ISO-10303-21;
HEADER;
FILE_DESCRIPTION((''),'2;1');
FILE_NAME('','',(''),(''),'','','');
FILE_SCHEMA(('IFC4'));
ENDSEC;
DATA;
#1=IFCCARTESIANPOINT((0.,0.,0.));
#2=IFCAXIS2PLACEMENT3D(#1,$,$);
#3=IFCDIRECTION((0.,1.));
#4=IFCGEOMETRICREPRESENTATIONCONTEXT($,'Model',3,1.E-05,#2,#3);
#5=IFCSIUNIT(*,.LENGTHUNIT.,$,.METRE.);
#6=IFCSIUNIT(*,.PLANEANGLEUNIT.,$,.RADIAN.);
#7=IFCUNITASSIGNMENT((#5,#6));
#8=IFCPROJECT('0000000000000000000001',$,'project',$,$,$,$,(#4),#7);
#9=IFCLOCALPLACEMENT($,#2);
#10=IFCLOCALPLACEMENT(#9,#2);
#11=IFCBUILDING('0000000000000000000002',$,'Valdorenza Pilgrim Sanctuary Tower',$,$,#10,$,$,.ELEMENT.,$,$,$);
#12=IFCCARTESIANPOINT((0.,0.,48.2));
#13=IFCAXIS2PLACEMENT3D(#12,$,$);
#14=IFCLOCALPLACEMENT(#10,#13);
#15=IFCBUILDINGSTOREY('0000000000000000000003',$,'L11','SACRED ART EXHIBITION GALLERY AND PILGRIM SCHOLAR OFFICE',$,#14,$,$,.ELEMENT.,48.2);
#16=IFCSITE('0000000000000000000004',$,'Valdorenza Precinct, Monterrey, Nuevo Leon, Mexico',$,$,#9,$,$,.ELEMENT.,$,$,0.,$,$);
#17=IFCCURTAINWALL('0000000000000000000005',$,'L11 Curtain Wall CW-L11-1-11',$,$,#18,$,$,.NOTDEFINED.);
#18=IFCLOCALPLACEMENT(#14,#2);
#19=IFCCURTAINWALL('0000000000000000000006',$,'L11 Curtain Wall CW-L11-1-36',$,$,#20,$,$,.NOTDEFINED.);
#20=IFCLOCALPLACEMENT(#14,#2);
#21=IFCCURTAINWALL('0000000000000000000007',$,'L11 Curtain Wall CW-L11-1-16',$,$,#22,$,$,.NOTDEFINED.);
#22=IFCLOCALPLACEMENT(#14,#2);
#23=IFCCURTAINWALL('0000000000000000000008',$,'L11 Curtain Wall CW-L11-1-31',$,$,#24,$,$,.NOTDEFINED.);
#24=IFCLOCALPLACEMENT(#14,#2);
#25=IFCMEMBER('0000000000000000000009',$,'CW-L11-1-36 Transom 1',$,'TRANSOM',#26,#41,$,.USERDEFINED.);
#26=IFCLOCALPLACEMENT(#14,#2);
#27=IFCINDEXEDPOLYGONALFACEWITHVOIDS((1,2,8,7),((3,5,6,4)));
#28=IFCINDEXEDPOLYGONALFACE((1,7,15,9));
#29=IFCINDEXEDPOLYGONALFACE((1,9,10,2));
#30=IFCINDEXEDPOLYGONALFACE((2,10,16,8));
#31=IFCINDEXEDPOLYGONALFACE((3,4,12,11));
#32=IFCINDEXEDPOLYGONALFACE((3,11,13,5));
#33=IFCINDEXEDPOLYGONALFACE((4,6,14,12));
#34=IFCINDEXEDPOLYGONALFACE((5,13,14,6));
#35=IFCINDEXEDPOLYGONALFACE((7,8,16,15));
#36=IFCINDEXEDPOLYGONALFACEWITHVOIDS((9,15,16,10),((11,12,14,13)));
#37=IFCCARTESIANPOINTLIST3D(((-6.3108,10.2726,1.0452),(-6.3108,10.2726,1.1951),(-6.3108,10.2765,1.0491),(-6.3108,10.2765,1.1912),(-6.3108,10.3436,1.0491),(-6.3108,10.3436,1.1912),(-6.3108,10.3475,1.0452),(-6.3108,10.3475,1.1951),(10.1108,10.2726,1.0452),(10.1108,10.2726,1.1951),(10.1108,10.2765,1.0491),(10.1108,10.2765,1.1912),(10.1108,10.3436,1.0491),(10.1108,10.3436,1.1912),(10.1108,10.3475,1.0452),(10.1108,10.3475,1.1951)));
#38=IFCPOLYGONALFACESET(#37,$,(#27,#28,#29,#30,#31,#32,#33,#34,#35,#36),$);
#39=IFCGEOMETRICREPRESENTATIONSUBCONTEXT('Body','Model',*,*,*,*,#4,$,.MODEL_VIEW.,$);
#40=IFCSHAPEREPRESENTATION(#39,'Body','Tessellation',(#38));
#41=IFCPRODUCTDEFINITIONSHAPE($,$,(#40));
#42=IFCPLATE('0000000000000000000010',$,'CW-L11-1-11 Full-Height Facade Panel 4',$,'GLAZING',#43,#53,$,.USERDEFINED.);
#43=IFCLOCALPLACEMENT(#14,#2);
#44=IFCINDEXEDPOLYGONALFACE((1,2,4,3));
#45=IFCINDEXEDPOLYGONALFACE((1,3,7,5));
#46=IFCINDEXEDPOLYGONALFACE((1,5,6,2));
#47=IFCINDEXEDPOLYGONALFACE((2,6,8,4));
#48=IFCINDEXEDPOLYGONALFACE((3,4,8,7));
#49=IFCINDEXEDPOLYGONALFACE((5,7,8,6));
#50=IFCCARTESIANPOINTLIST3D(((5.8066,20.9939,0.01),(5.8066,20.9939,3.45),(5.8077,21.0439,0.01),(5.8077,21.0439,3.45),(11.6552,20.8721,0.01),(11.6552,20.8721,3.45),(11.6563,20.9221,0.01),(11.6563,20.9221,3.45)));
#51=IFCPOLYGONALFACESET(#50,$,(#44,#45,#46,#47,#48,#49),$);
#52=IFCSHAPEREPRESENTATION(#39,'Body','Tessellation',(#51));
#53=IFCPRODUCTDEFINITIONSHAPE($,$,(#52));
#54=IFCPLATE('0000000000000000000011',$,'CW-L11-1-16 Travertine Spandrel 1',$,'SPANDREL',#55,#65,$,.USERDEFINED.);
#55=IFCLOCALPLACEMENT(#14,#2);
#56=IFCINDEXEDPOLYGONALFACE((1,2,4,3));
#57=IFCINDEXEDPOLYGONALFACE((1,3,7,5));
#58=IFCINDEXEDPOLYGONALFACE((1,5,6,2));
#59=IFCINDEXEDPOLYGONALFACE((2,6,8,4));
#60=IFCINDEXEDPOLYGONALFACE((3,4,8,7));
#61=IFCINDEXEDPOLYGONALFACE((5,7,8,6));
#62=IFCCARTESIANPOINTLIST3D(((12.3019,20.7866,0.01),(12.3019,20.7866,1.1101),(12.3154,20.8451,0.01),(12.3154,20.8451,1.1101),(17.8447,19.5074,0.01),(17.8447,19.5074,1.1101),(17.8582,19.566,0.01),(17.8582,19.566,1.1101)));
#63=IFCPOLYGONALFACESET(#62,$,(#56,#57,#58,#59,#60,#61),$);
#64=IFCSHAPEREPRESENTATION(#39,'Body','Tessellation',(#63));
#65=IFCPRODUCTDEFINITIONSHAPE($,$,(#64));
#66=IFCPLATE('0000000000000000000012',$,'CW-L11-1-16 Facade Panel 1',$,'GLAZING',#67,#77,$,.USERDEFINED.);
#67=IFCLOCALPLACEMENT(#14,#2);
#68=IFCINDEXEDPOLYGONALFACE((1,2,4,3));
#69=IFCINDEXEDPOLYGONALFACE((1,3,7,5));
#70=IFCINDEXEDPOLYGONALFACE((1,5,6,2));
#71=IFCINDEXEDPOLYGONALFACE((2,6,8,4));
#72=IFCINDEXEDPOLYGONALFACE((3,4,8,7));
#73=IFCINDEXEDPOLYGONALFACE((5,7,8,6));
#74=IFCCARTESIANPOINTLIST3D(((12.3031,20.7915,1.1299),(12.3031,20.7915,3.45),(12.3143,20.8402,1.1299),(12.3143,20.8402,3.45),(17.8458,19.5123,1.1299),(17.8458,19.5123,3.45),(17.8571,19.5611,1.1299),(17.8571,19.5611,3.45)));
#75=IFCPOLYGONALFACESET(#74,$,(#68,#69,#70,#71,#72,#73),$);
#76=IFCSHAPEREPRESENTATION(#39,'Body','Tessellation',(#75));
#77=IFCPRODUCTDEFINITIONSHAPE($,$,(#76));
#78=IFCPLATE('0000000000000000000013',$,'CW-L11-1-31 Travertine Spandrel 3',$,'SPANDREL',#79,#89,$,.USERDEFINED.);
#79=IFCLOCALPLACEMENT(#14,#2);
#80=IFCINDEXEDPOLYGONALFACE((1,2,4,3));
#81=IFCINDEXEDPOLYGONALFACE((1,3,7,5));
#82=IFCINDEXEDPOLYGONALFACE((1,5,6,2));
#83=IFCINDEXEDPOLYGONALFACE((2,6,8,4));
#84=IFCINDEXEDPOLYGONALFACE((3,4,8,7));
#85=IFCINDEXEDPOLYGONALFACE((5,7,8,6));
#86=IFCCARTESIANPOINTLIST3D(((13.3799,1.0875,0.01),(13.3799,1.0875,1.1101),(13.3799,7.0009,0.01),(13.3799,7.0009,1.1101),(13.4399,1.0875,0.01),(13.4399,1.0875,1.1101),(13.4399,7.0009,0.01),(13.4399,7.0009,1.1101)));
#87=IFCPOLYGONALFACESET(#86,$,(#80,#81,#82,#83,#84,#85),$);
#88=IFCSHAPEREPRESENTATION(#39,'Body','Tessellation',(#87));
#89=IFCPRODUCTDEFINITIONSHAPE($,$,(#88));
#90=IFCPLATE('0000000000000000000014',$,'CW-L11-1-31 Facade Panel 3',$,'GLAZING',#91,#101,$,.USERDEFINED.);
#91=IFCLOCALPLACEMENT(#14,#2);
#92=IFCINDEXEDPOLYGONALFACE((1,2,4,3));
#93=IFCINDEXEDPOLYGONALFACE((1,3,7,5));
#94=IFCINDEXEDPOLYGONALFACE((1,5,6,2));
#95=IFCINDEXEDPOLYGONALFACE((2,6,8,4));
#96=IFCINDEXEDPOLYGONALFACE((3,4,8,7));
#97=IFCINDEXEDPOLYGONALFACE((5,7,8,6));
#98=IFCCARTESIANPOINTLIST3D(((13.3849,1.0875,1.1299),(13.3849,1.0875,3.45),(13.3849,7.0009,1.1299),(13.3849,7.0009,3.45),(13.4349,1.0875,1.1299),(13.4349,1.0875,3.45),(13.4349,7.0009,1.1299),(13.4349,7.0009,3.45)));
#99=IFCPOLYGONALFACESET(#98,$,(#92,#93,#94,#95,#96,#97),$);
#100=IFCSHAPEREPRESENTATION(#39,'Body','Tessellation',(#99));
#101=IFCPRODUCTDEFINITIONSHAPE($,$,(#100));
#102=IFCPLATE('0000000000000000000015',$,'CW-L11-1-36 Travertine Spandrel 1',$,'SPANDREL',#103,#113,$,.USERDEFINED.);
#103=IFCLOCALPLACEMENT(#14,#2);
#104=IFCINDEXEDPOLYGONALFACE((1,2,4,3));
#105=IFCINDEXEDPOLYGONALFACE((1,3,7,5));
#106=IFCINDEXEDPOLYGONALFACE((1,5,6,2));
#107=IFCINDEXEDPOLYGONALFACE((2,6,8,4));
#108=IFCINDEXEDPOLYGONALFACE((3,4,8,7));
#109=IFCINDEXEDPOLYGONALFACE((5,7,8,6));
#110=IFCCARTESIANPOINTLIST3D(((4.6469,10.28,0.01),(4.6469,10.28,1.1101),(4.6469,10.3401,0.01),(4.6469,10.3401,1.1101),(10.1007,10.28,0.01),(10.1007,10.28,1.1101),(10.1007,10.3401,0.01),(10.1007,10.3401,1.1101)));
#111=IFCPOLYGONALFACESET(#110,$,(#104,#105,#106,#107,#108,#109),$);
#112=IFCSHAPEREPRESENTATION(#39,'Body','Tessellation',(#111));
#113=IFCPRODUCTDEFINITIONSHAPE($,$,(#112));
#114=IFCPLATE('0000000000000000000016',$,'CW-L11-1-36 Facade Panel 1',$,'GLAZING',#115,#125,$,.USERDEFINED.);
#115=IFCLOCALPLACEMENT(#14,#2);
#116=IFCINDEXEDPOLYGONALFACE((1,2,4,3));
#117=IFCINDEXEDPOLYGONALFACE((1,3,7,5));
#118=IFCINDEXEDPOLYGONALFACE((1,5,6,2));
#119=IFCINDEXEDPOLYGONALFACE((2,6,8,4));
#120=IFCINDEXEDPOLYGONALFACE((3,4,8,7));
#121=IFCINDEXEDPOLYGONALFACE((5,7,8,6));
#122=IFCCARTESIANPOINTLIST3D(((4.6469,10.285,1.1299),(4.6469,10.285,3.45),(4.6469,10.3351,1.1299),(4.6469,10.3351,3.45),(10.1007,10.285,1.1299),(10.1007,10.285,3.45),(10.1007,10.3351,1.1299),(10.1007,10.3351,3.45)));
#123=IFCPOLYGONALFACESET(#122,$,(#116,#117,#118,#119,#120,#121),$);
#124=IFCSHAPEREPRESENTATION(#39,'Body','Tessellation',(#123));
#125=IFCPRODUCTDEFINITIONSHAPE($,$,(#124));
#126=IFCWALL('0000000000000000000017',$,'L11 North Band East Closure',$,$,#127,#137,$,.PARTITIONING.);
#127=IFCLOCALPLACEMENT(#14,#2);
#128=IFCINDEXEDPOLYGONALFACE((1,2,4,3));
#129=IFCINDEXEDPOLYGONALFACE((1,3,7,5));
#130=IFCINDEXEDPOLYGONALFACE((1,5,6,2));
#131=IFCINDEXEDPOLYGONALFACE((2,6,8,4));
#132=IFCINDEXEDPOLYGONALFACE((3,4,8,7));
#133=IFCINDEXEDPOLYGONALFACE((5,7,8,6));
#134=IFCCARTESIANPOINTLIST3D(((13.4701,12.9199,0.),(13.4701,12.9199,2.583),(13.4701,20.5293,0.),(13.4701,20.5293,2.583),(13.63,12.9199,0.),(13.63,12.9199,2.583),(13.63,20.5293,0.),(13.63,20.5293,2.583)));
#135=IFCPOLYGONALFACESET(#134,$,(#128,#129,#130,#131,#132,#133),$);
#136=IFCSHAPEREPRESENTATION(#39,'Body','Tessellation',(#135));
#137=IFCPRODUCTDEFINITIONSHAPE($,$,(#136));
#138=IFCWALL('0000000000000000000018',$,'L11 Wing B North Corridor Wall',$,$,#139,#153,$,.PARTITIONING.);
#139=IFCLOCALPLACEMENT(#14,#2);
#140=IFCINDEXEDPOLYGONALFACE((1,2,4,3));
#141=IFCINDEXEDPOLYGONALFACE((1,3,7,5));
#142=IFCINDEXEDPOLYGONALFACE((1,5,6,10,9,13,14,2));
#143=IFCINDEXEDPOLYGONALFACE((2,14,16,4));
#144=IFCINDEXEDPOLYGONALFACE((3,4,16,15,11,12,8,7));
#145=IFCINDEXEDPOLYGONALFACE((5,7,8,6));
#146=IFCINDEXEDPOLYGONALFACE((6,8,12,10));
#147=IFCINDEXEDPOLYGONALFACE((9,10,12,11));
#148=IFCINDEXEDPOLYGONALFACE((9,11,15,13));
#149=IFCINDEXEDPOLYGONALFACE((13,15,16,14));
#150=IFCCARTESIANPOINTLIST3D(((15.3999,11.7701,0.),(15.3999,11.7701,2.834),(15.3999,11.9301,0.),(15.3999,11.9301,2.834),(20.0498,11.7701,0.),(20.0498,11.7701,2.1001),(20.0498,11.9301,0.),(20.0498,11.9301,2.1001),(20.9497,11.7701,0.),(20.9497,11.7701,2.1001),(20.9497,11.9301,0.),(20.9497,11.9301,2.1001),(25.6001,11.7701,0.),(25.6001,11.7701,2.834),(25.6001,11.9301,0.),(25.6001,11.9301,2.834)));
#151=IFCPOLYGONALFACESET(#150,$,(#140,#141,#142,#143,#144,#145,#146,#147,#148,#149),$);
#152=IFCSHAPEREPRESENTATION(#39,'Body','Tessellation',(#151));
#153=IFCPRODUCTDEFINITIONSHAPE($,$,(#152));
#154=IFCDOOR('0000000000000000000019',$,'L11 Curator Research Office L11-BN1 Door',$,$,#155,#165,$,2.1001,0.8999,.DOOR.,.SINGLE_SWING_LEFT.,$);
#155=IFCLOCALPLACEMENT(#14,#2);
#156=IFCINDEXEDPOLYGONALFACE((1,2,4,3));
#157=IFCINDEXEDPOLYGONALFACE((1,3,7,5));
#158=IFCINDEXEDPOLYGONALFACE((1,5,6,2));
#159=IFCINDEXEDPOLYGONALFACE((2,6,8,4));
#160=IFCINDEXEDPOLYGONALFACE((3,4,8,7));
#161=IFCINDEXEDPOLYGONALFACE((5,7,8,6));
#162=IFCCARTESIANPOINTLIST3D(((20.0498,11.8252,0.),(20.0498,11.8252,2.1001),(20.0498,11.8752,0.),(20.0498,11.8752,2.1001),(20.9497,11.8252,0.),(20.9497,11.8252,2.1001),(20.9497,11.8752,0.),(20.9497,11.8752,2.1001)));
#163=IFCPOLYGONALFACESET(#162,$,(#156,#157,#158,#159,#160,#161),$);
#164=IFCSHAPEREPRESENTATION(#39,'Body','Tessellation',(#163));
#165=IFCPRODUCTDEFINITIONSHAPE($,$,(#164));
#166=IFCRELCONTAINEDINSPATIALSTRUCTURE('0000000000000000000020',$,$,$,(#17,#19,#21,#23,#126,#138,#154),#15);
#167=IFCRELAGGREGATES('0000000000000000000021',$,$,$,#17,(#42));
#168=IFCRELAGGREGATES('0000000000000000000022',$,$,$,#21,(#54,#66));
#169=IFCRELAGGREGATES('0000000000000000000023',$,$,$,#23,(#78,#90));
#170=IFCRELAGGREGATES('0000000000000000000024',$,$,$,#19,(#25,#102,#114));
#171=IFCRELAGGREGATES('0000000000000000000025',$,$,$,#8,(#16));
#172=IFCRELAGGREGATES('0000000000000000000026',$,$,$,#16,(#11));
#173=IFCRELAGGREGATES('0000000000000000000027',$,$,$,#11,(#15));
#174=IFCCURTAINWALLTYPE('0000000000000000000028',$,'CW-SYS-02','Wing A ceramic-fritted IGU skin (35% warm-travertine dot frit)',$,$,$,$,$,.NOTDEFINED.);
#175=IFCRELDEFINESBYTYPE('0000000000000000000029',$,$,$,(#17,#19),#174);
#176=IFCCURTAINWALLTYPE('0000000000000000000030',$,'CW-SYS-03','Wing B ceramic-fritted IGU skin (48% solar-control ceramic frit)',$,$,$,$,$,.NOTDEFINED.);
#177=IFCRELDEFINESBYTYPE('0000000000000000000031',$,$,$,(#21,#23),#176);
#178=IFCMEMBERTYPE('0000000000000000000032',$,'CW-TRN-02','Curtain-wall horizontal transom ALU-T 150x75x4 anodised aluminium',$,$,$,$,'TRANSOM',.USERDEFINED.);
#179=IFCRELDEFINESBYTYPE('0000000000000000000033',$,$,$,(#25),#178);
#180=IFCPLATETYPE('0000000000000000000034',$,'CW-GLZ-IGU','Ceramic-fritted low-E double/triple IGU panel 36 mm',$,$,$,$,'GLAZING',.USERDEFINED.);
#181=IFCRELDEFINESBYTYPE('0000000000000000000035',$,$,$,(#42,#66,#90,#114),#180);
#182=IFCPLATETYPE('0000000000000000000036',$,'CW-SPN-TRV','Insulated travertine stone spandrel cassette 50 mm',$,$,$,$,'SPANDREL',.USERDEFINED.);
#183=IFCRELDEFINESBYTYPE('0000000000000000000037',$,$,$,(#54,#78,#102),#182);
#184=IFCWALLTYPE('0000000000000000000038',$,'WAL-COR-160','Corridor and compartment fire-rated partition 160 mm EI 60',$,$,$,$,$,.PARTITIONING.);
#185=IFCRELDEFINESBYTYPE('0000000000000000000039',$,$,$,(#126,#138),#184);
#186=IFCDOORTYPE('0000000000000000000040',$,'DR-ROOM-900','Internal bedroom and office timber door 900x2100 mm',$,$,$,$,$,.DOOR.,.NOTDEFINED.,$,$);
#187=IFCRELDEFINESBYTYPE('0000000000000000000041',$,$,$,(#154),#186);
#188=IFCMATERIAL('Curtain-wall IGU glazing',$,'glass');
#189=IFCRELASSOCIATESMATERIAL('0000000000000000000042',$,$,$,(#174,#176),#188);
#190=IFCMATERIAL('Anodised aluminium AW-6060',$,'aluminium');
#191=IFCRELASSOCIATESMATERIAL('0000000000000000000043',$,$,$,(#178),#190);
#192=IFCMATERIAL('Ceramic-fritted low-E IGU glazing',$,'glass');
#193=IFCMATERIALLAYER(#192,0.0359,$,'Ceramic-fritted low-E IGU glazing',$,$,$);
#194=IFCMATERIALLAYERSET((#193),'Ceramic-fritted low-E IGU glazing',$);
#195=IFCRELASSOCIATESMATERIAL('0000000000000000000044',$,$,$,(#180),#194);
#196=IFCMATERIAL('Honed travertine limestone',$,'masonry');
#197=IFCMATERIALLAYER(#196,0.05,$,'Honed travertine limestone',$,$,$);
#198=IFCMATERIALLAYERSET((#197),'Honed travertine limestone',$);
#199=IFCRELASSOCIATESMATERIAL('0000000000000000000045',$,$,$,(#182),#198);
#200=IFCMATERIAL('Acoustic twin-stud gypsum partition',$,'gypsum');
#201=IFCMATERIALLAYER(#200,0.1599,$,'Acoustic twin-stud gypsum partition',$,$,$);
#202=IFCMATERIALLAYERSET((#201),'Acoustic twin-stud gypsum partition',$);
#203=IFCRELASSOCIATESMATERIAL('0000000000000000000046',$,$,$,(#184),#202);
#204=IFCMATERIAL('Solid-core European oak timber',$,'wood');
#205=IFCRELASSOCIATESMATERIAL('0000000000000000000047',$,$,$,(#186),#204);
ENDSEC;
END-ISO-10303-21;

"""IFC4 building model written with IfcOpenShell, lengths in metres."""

from ifc_helpers import new_model, si_unit, direction, frame, frame_2d, origin, origin_2d, place, context, subcontext, project, spatial, rectangle, hollow_rectangle, extrude, source, transform, mapped, material, layer, layer_set, material_profile, profile_set, type_object, element, fill, aggregate, save


model = new_model("IFC4")

# Units and contexts
model_context = context("Model", 3, precision=1e-05, world=origin(), true_north=direction((0.0, 1.0)))
body_context = subcontext(model_context, "Body", "Model", "MODEL_VIEW")
ifc_project = project(units=[si_unit("LENGTHUNIT", "METRE"), si_unit("PLANEANGLEUNIT", "RADIAN")], contexts=[model_context])

# Site, building, storey
site_placement = place(None, origin())
site = spatial("IfcSite", under=ifc_project, at=site_placement, Name="Valdorenza Precinct, Monterrey, Nuevo Leon, Mexico", CompositionType="ELEMENT", RefElevation=0.0)
building_placement = place(site_placement, origin())
building = spatial("IfcBuilding", under=site, at=building_placement, Name="Valdorenza Pilgrim Sanctuary Tower", CompositionType="ELEMENT")
storey_placement = place(building_placement, frame((0.0, 0.0, 48.2)))
storey = spatial("IfcBuildingStorey", under=building, at=storey_placement, Name="L11", Description="SACRED ART EXHIBITION GALLERY AND PILGRIM SCHOLAR OFFICE", CompositionType="ELEMENT", Elevation=48.2)

# Curtain walls
ifc_material_1 = material(Name="Curtain-wall IGU glazing", Category="glass")
curtain_wall_type_1 = type_object("IfcCurtainWallType", Name="CW-SYS-02", Description="Wing A ceramic-fritted IGU skin (35% warm-travertine dot frit)", PredefinedType="NOTDEFINED", material=ifc_material_1)
curtain_wall_1_placement = place(storey_placement, origin())
curtain_wall_1 = element("IfcCurtainWall", 1, at=curtain_wall_1_placement, inside=storey, type_object=curtain_wall_type_1, Name="L11 Curtain Wall CW-L11-1-11", PredefinedType="NOTDEFINED")
ifc_material_2 = material(Name="Anodised aluminium AW-6060", Category="aluminium")
curtain_wall_2_placement = place(storey_placement, origin())
curtain_wall_2 = element("IfcCurtainWall", 2, at=curtain_wall_2_placement, inside=storey, type_object=curtain_wall_type_1, Name="L11 Curtain Wall CW-L11-1-36", PredefinedType="NOTDEFINED")
curtain_wall_type_2 = type_object("IfcCurtainWallType", Name="CW-SYS-03", Description="Wing B ceramic-fritted IGU skin (48% solar-control ceramic frit)", PredefinedType="NOTDEFINED", material=ifc_material_1)
curtain_wall_3_placement = place(storey_placement, origin())
curtain_wall_3 = element("IfcCurtainWall", 3, at=curtain_wall_3_placement, inside=storey, type_object=curtain_wall_type_2, Name="L11 Curtain Wall CW-L11-1-16", PredefinedType="NOTDEFINED")
curtain_wall_4_placement = place(storey_placement, origin())
curtain_wall_4 = element("IfcCurtainWall", 4, at=curtain_wall_4_placement, inside=storey, type_object=curtain_wall_type_2, Name="L11 Curtain Wall CW-L11-1-31", PredefinedType="NOTDEFINED")

# Member
ifc_material_profile_1 = material_profile(ifc_material_2, hollow_rectangle(XDim=0.075, YDim=0.1499, WallThickness=0.0039, at=origin_2d()), Name="ALU-T 150x75x4")
ifc_profile_set_1 = profile_set([ifc_material_profile_1], Name="Anodised aluminium AW-6060")
member_type_1 = type_object("IfcMemberType", Name="CW-TRN-02", Description="Curtain-wall horizontal transom ALU-T 150x75x4 anodised aluminium", ElementType="TRANSOM", PredefinedType="USERDEFINED", material=ifc_profile_set_1)
shared_shape_1 = source(origin(), body_context, "Body", "SweptSolid", [
    extrude(hollow_rectangle(XDim=0.075, YDim=0.1499, WallThickness=0.0039, at=origin_2d()), origin(), (0.0, 0.0, 1.0), 16.4216),
])
member_1_placement = place(storey_placement, frame((10.1108, 10.3101, 1.1201), z_axis=(-1.0, 0.0, 0.0), x_axis=(0.0, -1.0, 0.0)))
member_1 = element("IfcMember", 5, at=member_1_placement, type_object=member_type_1, Name="CW-L11-1-36 Transom 1", ObjectType="TRANSOM", PredefinedType="USERDEFINED", context=body_context, shape_type="MappedRepresentation", body=[
    mapped(shared_shape_1, transform((0.0, 0.0, 0.0), x_axis=(1.0, 0.0, 0.0), y_axis=(0.0, 1.0, 0.0), z_axis=(0.0, 0.0, 1.0), scale=1.0)),
])

# Plates
ifc_material_3 = material(Name="Ceramic-fritted low-E IGU glazing", Category="glass")
ifc_layer_1 = layer(ifc_material_3, 0.0359, Name="Ceramic-fritted low-E IGU glazing")
ifc_layer_set_1 = layer_set([ifc_layer_1], Name="Ceramic-fritted low-E IGU glazing")
plate_type_1 = type_object("IfcPlateType", Name="CW-GLZ-IGU", Description="Ceramic-fritted low-E double/triple IGU panel 36 mm", ElementType="GLAZING", PredefinedType="USERDEFINED", material=ifc_layer_set_1)
shared_shape_2 = source(origin(), body_context, "Body", "SweptSolid", [
    extrude(rectangle(XDim=5.8499, YDim=0.05, at=origin_2d()), origin(), (0.0, 0.0, 1.0), 3.4399),
])
plate_1_placement = place(storey_placement, frame((8.7314, 20.958, 0.01), z_axis=(0.0, 0.0, 1.0), x_axis=(0.999783, -0.02082, 0.0)))
plate_1 = element("IfcPlate", 6, at=plate_1_placement, type_object=plate_type_1, Name="CW-L11-1-11 Full-Height Facade Panel 4", ObjectType="GLAZING", PredefinedType="USERDEFINED", context=body_context, shape_type="MappedRepresentation", body=[
    mapped(shared_shape_2, transform((0.0, 0.0, 0.0), x_axis=(1.0, 0.0, 0.0), y_axis=(0.0, 1.0, 0.0), z_axis=(0.0, 0.0, 1.0), scale=1.0)),
])
aggregate(curtain_wall_1, [plate_1])
ifc_material_4 = material(Name="Honed travertine limestone", Category="masonry")
ifc_layer_2 = layer(ifc_material_4, 0.05, Name="Honed travertine limestone")
ifc_layer_set_2 = layer_set([ifc_layer_2], Name="Honed travertine limestone")
plate_type_2 = type_object("IfcPlateType", Name="CW-SPN-TRV", Description="Insulated travertine stone spandrel cassette 50 mm", ElementType="SPANDREL", PredefinedType="USERDEFINED", material=ifc_layer_set_2)
shared_shape_3 = source(origin(), body_context, "Body", "SweptSolid", [
    extrude(rectangle(XDim=5.6885, YDim=0.0601, at=origin_2d()), origin(), (0.0, 0.0, 1.0), 1.1001),
])
plate_2_placement = place(storey_placement, frame((15.0801, 20.1763, 0.01), z_axis=(0.0, 0.0, 1.0), x_axis=(0.97439, -0.224866, 0.0)))
plate_2 = element("IfcPlate", 7, at=plate_2_placement, type_object=plate_type_2, Name="CW-L11-1-16 Travertine Spandrel 1", ObjectType="SPANDREL", PredefinedType="USERDEFINED", context=body_context, shape_type="MappedRepresentation", body=[
    mapped(shared_shape_3, transform((0.0, 0.0, 0.0), x_axis=(1.0, 0.0, 0.0), y_axis=(0.0, 1.0, 0.0), z_axis=(0.0, 0.0, 1.0), scale=1.0)),
])
shared_shape_4 = source(origin(), body_context, "Body", "SweptSolid", [
    extrude(rectangle(XDim=5.6885, YDim=0.05, at=origin_2d()), origin(), (0.0, 0.0, 1.0), 2.3201),
])
plate_3_placement = place(storey_placement, frame((15.0801, 20.1763, 1.1299), z_axis=(0.0, 0.0, 1.0), x_axis=(0.97439, -0.224866, 0.0)))
plate_3 = element("IfcPlate", 8, at=plate_3_placement, type_object=plate_type_1, Name="CW-L11-1-16 Facade Panel 1", ObjectType="GLAZING", PredefinedType="USERDEFINED", context=body_context, shape_type="MappedRepresentation", body=[
    mapped(shared_shape_4, transform((0.0, 0.0, 0.0), x_axis=(1.0, 0.0, 0.0), y_axis=(0.0, 1.0, 0.0), z_axis=(0.0, 0.0, 1.0), scale=1.0)),
])
aggregate(curtain_wall_3, [plate_2, plate_3])
shared_shape_5 = source(origin(), body_context, "Body", "SweptSolid", [
    extrude(rectangle(XDim=5.9133, YDim=0.0601, at=origin_2d()), origin(), (0.0, 0.0, 1.0), 1.1001),
])
plate_4_placement = place(storey_placement, frame((13.4099, 4.0442, 0.01), z_axis=(0.0, 0.0, 1.0), x_axis=(0.0, 1.0, 0.0)))
plate_4 = element("IfcPlate", 9, at=plate_4_placement, type_object=plate_type_2, Name="CW-L11-1-31 Travertine Spandrel 3", ObjectType="SPANDREL", PredefinedType="USERDEFINED", context=body_context, shape_type="MappedRepresentation", body=[
    mapped(shared_shape_5, transform((0.0, 0.0, 0.0), x_axis=(1.0, 0.0, 0.0), y_axis=(0.0, 1.0, 0.0), z_axis=(0.0, 0.0, 1.0), scale=1.0)),
])
shared_shape_6 = source(origin(), body_context, "Body", "SweptSolid", [
    extrude(rectangle(XDim=5.9133, YDim=0.05, at=origin_2d()), origin(), (0.0, 0.0, 1.0), 2.3201),
])
plate_5_placement = place(storey_placement, frame((13.4099, 4.0442, 1.1299), z_axis=(0.0, 0.0, 1.0), x_axis=(0.0, 1.0, 0.0)))
plate_5 = element("IfcPlate", 10, at=plate_5_placement, type_object=plate_type_1, Name="CW-L11-1-31 Facade Panel 3", ObjectType="GLAZING", PredefinedType="USERDEFINED", context=body_context, shape_type="MappedRepresentation", body=[
    mapped(shared_shape_6, transform((0.0, 0.0, 0.0), x_axis=(1.0, 0.0, 0.0), y_axis=(0.0, 1.0, 0.0), z_axis=(0.0, 0.0, 1.0), scale=1.0)),
])
aggregate(curtain_wall_4, [plate_4, plate_5])
shared_shape_7 = source(origin(), body_context, "Body", "SweptSolid", [
    extrude(rectangle(XDim=5.4539, YDim=0.0601, at=origin_2d()), origin(), (0.0, 0.0, 1.0), 1.1001),
])
plate_6_placement = place(storey_placement, frame((7.3738, 10.3101, 0.01), z_axis=(0.0, 0.0, 1.0), x_axis=(-1.0, 0.0, 0.0)))
plate_6 = element("IfcPlate", 11, at=plate_6_placement, type_object=plate_type_2, Name="CW-L11-1-36 Travertine Spandrel 1", ObjectType="SPANDREL", PredefinedType="USERDEFINED", context=body_context, shape_type="MappedRepresentation", body=[
    mapped(shared_shape_7, transform((0.0, 0.0, 0.0), x_axis=(1.0, 0.0, 0.0), y_axis=(0.0, 1.0, 0.0), z_axis=(0.0, 0.0, 1.0), scale=1.0)),
])
shared_shape_8 = source(origin(), body_context, "Body", "SweptSolid", [
    extrude(rectangle(XDim=5.4539, YDim=0.05, at=origin_2d()), origin(), (0.0, 0.0, 1.0), 2.3201),
])
plate_7_placement = place(storey_placement, frame((7.3738, 10.3101, 1.1299), z_axis=(0.0, 0.0, 1.0), x_axis=(-1.0, 0.0, 0.0)))
plate_7 = element("IfcPlate", 12, at=plate_7_placement, type_object=plate_type_1, Name="CW-L11-1-36 Facade Panel 1", ObjectType="GLAZING", PredefinedType="USERDEFINED", context=body_context, shape_type="MappedRepresentation", body=[
    mapped(shared_shape_8, transform((0.0, 0.0, 0.0), x_axis=(1.0, 0.0, 0.0), y_axis=(0.0, 1.0, 0.0), z_axis=(0.0, 0.0, 1.0), scale=1.0)),
])
aggregate(curtain_wall_2, [member_1, plate_6, plate_7])

# Wall
ifc_material_5 = material(Name="Acoustic twin-stud gypsum partition", Category="gypsum")
ifc_layer_3 = layer(ifc_material_5, 0.1599, Name="Acoustic twin-stud gypsum partition")
ifc_layer_set_3 = layer_set([ifc_layer_3], Name="Acoustic twin-stud gypsum partition")
wall_type_1 = type_object("IfcWallType", Name="WAL-COR-160", Description="Corridor and compartment fire-rated partition 160 mm EI 60", PredefinedType="PARTITIONING", material=ifc_layer_set_3)
wall_1_placement = place(storey_placement, frame((13.55, 12.9199, 0.0), z_axis=(0.0, 0.0, 1.0), x_axis=(0.0, 1.0, 0.0)))
element("IfcWall", 13, at=wall_1_placement, inside=storey, type_object=wall_type_1, Name="L11 North Band East Closure", PredefinedType="PARTITIONING", context=body_context, shape_type="SweptSolid", body=[
    extrude(rectangle(XDim=7.6094, YDim=0.1599, at=frame_2d((3.8047, 0.0))), origin(), (0.0, 0.0, 1.0), 2.583),
])

# Wall, opening, door
wall_2_placement = place(storey_placement, frame((15.3999, 11.8501, 0.0), z_axis=(0.0, 0.0, 1.0), x_axis=(1.0, 0.0, 0.0)))
wall_2 = element("IfcWall", 14, at=wall_2_placement, inside=storey, type_object=wall_type_1, Name="L11 Wing B North Corridor Wall", PredefinedType="PARTITIONING", context=body_context, shape_type="SweptSolid", body=[
    extrude(rectangle(XDim=10.2002, YDim=0.1599, at=frame_2d((5.1001, 0.0))), origin(), (0.0, 0.0, 1.0), 2.834),
])
opening_1_placement = place(wall_2_placement, frame((4.6499, 0.0, 0.0)))
opening_1 = element("IfcOpeningElement", 15, at=opening_1_placement, cuts=wall_2, PredefinedType="OPENING", context=body_context, shape_type="SweptSolid", body=[
    extrude(rectangle(XDim=0.8999, YDim=2.1001, at=frame_2d((0.45, 1.05))), frame((0.0, 0.0947, 0.0), z_axis=(0.0, -1.0, 0.0), x_axis=(1.0, 0.0, 0.0)), (0.0, 0.0, 1.0), 0.1897),
])
ifc_material_6 = material(Name="Solid-core European oak timber", Category="wood")
door_type = type_object("IfcDoorType", Name="DR-ROOM-900", Description="Internal bedroom and office timber door 900x2100 mm", OperationType="NOTDEFINED", PredefinedType="DOOR", material=ifc_material_6)
door_1_placement = place(opening_1_placement, frame((0.8999, 0.0, 0.0), z_axis=(0.0, 0.0, 1.0), x_axis=(-1.0, 0.0, 0.0)))
door_1 = element("IfcDoor", 16, at=door_1_placement, inside=storey, type_object=door_type, Name="L11 Curator Research Office L11-BN1 Door", OperationType="SINGLE_SWING_LEFT", OverallHeight=2.1001, OverallWidth=0.8999, PredefinedType="DOOR", context=body_context, shape_type="SweptSolid", body=[
    extrude(rectangle(XDim=0.8999, YDim=2.1001, at=frame_2d((0.45, 1.05))), frame((0.0, 0.0249, 0.0), z_axis=(0.0, -1.0, 0.0), x_axis=(1.0, 0.0, 0.0)), (0.0, 0.0, 1.0), 0.05),
])
fill(opening_1, door_1)

save(model, "model.ifc")
